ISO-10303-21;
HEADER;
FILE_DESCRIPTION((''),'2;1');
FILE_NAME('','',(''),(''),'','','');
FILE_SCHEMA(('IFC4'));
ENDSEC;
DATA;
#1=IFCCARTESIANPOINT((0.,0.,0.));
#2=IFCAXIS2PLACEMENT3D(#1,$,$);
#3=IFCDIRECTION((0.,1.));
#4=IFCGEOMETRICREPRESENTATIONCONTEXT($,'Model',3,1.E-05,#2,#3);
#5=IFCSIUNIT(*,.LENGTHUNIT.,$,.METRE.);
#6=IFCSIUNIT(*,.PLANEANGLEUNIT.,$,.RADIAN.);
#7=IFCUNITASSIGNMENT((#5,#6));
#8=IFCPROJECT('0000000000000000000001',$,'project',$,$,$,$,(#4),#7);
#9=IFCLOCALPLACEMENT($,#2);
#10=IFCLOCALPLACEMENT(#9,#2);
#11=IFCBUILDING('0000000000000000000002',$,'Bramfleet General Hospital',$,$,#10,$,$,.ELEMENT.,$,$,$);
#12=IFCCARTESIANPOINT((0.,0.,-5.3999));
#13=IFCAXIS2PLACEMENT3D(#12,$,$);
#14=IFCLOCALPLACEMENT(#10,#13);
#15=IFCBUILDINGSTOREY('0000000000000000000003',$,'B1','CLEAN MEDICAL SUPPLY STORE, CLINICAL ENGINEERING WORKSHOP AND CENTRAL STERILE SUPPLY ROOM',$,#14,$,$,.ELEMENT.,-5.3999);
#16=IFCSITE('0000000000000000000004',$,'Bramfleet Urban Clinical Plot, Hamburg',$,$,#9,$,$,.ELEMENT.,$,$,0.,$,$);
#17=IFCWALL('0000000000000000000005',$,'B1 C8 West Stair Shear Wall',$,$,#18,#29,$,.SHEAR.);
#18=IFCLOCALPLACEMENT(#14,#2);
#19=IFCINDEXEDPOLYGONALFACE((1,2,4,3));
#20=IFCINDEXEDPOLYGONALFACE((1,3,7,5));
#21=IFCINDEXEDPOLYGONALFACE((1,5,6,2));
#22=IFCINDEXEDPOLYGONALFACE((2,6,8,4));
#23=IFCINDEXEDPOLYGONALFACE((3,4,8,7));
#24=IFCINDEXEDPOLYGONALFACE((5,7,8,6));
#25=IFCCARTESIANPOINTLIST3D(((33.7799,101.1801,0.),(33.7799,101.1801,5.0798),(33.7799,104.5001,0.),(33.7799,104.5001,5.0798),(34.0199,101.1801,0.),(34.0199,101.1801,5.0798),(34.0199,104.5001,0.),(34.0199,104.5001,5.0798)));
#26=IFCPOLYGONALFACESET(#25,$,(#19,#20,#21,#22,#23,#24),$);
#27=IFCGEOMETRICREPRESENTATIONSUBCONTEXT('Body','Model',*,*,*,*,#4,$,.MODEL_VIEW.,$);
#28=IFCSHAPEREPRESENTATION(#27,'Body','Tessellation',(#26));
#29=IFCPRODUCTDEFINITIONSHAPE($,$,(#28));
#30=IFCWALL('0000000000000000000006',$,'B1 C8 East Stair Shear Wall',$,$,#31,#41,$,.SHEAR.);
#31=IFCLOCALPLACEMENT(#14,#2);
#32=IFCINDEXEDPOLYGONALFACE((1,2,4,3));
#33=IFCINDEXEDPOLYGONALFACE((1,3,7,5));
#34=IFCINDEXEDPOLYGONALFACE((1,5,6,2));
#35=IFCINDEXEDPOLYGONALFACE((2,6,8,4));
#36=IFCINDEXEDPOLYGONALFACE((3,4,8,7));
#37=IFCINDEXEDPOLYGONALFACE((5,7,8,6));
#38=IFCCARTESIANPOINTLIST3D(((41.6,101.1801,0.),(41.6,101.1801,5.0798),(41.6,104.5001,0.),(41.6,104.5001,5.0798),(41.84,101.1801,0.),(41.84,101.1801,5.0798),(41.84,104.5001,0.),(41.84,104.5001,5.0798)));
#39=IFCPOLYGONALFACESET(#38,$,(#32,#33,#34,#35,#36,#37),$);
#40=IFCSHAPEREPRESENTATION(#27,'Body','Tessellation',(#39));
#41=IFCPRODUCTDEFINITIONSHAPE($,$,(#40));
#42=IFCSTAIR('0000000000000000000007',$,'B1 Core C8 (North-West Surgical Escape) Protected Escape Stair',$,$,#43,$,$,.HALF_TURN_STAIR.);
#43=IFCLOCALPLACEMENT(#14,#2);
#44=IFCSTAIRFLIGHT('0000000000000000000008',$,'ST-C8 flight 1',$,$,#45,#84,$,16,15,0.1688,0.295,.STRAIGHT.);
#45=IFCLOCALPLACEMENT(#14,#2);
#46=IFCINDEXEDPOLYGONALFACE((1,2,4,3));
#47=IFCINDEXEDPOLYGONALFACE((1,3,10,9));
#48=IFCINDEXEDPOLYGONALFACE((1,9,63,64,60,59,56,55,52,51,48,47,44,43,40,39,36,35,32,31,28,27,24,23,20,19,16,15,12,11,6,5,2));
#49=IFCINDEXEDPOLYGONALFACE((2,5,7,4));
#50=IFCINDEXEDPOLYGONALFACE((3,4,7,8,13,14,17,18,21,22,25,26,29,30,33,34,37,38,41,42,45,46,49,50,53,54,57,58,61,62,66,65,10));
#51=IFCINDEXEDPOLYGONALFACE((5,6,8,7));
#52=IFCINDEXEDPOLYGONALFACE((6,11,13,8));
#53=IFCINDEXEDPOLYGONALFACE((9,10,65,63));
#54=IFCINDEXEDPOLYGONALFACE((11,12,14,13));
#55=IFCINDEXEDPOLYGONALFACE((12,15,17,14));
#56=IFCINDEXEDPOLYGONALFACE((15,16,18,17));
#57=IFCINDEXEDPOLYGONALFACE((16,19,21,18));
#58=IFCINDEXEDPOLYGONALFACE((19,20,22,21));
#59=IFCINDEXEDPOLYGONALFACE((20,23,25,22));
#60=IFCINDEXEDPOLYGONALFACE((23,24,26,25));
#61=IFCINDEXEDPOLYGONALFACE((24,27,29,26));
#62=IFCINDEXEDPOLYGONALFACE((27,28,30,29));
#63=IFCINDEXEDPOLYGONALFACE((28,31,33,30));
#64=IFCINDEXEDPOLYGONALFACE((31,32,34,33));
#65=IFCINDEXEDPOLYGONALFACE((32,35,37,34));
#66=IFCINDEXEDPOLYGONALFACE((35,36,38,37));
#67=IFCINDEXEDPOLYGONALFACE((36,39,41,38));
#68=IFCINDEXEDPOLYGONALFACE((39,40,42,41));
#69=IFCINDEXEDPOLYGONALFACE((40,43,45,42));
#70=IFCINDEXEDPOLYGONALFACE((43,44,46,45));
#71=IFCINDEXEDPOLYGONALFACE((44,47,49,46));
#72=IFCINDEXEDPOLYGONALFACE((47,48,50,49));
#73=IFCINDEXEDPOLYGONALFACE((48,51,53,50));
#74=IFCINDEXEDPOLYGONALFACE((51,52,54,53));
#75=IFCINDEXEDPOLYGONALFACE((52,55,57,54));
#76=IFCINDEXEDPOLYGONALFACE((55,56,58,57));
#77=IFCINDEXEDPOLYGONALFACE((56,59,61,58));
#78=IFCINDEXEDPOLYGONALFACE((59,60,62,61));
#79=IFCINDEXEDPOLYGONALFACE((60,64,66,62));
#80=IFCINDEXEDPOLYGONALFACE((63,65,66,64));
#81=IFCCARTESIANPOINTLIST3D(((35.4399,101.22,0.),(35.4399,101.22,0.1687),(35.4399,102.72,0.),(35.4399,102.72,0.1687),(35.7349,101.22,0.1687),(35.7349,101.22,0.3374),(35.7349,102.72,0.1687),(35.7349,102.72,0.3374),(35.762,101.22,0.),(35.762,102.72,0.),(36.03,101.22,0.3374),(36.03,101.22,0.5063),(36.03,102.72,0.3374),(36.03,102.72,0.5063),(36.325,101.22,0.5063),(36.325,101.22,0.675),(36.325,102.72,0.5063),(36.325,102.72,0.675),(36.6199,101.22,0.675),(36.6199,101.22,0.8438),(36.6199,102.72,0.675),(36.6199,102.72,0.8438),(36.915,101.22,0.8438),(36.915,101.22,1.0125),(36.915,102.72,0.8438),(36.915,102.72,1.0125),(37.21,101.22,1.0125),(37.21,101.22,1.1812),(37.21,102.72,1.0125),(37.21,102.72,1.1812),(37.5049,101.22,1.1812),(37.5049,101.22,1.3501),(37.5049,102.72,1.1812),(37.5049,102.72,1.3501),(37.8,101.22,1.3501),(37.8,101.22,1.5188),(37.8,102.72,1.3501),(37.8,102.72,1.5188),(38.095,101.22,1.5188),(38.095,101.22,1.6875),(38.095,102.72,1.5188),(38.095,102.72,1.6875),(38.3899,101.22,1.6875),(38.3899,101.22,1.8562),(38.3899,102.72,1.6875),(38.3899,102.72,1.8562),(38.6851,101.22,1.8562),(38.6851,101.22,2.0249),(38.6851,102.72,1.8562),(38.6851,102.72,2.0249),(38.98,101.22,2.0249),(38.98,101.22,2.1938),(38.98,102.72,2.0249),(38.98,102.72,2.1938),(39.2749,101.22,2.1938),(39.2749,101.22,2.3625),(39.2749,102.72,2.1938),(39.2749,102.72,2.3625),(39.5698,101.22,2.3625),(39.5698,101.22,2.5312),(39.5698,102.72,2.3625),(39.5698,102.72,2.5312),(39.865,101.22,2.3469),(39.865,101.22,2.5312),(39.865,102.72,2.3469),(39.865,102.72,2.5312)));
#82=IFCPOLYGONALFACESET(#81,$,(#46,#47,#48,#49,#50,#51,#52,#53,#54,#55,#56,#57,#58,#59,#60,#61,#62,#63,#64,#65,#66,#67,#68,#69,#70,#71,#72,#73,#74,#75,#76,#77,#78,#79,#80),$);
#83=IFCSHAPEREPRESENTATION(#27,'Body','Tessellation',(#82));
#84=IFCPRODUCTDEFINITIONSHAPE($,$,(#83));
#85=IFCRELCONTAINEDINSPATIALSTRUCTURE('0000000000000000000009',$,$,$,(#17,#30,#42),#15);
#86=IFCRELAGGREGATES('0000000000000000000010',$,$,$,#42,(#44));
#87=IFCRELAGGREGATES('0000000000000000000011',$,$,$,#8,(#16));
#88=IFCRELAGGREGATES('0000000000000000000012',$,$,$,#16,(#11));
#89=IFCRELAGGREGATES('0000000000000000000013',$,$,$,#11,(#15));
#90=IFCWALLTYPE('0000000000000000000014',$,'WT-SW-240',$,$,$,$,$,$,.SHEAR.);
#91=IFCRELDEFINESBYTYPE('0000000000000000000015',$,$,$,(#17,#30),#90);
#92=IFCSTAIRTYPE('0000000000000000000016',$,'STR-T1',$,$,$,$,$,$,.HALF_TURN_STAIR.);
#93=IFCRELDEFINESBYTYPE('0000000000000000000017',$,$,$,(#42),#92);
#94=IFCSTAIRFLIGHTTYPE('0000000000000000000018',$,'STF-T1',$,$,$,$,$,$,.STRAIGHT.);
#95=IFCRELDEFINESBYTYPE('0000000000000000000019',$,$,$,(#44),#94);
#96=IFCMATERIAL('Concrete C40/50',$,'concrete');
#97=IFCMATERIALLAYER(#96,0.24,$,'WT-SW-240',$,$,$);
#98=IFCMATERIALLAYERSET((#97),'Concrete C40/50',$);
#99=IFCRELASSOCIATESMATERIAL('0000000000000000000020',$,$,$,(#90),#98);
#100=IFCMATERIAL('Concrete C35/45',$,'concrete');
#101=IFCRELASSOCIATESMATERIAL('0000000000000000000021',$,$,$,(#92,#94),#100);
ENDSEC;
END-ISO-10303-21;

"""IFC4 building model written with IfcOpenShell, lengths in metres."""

from ifc_helpers import new_model, si_unit, direction, frame, frame_2d, origin, place, context, subcontext, project, spatial, polyline, rectangle, outline, extrude, material, layer, layer_set, type_object, element, aggregate, save


model = new_model("IFC4")

# Units and contexts
model_context = context("Model", 3, precision=1e-05, world=origin(), true_north=direction((0.0, 1.0)))
body_context = subcontext(model_context, "Body", "Model", "MODEL_VIEW")
ifc_project = project(units=[si_unit("LENGTHUNIT", "METRE"), si_unit("PLANEANGLEUNIT", "RADIAN")], contexts=[model_context])

# Site, building, storey
site_placement = place(None, origin())
site = spatial("IfcSite", under=ifc_project, at=site_placement, Name="Bramfleet Urban Clinical Plot, Hamburg", CompositionType="ELEMENT", RefElevation=0.0)
building_placement = place(site_placement, origin())
building = spatial("IfcBuilding", under=site, at=building_placement, Name="Bramfleet General Hospital", CompositionType="ELEMENT")
storey_placement = place(building_placement, frame((0.0, 0.0, -5.3999)))
storey = spatial("IfcBuildingStorey", under=building, at=storey_placement, Name="B1", Description="CLEAN MEDICAL SUPPLY STORE, CLINICAL ENGINEERING WORKSHOP AND CENTRAL STERILE SUPPLY ROOM", CompositionType="ELEMENT", Elevation=-5.3999)

# Shared definitions
ifc_material_1 = material(Name="Concrete C35/45", Category="concrete")

# Shared definitions
ifc_material_2 = material(Name="Concrete C40/50", Category="concrete")

# Walls
ifc_layer_1 = layer(ifc_material_2, 0.24, Name="WT-SW-240")
ifc_layer_set_1 = layer_set([ifc_layer_1], Name="Concrete C40/50")
wall_type_1 = type_object("IfcWallType", Name="WT-SW-240", PredefinedType="SHEAR", material=ifc_layer_set_1)
for number, where, z_axis, x_axis, name in (
    (1, (33.8999, 101.1799, 0.0), (0.0, 0.0, 1.0), (0.0, 1.0, 0.0), "B1 C8 West Stair Shear Wall"),
    (2, (41.72, 101.1799, 0.0), (0.0, 0.0, 1.0), (0.0, 1.0, 0.0), "B1 C8 East Stair Shear Wall"),
):
    element("IfcWall", number, at=place(storey_placement, frame(where, z_axis=z_axis, x_axis=x_axis)), inside=storey, type_object=wall_type_1, Name=name, PredefinedType="SHEAR", context=body_context, shape_type="SweptSolid", body=[
        extrude(rectangle(XDim=3.3201, YDim=0.24, at=frame_2d((1.6602, 0.0))), origin(), (0.0, 0.0, 1.0), 5.0798),
    ])

# Stair, stair flight
stair_type = type_object("IfcStairType", Name="STR-T1", PredefinedType="HALF_TURN_STAIR", material=ifc_material_1)
stair_placement = place(storey_placement, origin())
stair = element("IfcStair", 3, at=stair_placement, inside=storey, type_object=stair_type, Name="B1 Core C8 (North-West Surgical Escape) Protected Escape Stair", PredefinedType="HALF_TURN_STAIR")
stair_flight_type = type_object("IfcStairFlightType", Name="STF-T1", PredefinedType="STRAIGHT", material=ifc_material_1)
stair_flight_placement = place(storey_placement, frame((35.4399, 101.97, 0.0), z_axis=(0.0, 0.0, 1.0), x_axis=(1.0, 0.0, 0.0)))
stair_flight = element("IfcStairFlight", 4, at=stair_flight_placement, type_object=stair_flight_type, Name="ST-C8 flight 1", NumberOfRisers=16, NumberOfTreads=15, PredefinedType="STRAIGHT", RiserHeight=0.1688, TreadLength=0.295, context=body_context, shape_type="SweptSolid", body=[
    extrude(outline(polyline([(0.0, 0.0), (0.0, 0.1687), (0.2949, 0.1687), (0.2949, 0.3374), (0.5901, 0.3374), (0.5901, 0.5063), (0.885, 0.5063), (0.885, 0.675), (1.1799, 0.675), (1.1799, 0.8438), (1.4751, 0.8438), (1.4751, 1.0125), (1.77, 1.0125), (1.77, 1.1812), (2.0649, 1.1812), (2.0649, 1.3501), (2.3601, 1.3501), (2.3601, 1.5188), (2.655, 1.5188), (2.655, 1.6875), (2.95, 1.6875), (2.95, 1.8562), (3.2451, 1.8562), (3.2451, 2.0249), (3.54, 2.0249), (3.54, 2.1938), (3.835, 2.1938), (3.835, 2.3625), (4.1299, 2.3625), (4.1299, 2.5312), (4.425, 2.5312), (4.425, 2.7), (4.425, 2.3469), (0.322, 0.0), (0.0, 0.0)])), frame((0.0, 0.75, 0.0), z_axis=(0.0, -1.0, 0.0), x_axis=(1.0, 0.0, 0.0)), (0.0, 0.0, 1.0), 1.5),
])
aggregate(stair, [stair_flight])

save(model, "model.ifc")
